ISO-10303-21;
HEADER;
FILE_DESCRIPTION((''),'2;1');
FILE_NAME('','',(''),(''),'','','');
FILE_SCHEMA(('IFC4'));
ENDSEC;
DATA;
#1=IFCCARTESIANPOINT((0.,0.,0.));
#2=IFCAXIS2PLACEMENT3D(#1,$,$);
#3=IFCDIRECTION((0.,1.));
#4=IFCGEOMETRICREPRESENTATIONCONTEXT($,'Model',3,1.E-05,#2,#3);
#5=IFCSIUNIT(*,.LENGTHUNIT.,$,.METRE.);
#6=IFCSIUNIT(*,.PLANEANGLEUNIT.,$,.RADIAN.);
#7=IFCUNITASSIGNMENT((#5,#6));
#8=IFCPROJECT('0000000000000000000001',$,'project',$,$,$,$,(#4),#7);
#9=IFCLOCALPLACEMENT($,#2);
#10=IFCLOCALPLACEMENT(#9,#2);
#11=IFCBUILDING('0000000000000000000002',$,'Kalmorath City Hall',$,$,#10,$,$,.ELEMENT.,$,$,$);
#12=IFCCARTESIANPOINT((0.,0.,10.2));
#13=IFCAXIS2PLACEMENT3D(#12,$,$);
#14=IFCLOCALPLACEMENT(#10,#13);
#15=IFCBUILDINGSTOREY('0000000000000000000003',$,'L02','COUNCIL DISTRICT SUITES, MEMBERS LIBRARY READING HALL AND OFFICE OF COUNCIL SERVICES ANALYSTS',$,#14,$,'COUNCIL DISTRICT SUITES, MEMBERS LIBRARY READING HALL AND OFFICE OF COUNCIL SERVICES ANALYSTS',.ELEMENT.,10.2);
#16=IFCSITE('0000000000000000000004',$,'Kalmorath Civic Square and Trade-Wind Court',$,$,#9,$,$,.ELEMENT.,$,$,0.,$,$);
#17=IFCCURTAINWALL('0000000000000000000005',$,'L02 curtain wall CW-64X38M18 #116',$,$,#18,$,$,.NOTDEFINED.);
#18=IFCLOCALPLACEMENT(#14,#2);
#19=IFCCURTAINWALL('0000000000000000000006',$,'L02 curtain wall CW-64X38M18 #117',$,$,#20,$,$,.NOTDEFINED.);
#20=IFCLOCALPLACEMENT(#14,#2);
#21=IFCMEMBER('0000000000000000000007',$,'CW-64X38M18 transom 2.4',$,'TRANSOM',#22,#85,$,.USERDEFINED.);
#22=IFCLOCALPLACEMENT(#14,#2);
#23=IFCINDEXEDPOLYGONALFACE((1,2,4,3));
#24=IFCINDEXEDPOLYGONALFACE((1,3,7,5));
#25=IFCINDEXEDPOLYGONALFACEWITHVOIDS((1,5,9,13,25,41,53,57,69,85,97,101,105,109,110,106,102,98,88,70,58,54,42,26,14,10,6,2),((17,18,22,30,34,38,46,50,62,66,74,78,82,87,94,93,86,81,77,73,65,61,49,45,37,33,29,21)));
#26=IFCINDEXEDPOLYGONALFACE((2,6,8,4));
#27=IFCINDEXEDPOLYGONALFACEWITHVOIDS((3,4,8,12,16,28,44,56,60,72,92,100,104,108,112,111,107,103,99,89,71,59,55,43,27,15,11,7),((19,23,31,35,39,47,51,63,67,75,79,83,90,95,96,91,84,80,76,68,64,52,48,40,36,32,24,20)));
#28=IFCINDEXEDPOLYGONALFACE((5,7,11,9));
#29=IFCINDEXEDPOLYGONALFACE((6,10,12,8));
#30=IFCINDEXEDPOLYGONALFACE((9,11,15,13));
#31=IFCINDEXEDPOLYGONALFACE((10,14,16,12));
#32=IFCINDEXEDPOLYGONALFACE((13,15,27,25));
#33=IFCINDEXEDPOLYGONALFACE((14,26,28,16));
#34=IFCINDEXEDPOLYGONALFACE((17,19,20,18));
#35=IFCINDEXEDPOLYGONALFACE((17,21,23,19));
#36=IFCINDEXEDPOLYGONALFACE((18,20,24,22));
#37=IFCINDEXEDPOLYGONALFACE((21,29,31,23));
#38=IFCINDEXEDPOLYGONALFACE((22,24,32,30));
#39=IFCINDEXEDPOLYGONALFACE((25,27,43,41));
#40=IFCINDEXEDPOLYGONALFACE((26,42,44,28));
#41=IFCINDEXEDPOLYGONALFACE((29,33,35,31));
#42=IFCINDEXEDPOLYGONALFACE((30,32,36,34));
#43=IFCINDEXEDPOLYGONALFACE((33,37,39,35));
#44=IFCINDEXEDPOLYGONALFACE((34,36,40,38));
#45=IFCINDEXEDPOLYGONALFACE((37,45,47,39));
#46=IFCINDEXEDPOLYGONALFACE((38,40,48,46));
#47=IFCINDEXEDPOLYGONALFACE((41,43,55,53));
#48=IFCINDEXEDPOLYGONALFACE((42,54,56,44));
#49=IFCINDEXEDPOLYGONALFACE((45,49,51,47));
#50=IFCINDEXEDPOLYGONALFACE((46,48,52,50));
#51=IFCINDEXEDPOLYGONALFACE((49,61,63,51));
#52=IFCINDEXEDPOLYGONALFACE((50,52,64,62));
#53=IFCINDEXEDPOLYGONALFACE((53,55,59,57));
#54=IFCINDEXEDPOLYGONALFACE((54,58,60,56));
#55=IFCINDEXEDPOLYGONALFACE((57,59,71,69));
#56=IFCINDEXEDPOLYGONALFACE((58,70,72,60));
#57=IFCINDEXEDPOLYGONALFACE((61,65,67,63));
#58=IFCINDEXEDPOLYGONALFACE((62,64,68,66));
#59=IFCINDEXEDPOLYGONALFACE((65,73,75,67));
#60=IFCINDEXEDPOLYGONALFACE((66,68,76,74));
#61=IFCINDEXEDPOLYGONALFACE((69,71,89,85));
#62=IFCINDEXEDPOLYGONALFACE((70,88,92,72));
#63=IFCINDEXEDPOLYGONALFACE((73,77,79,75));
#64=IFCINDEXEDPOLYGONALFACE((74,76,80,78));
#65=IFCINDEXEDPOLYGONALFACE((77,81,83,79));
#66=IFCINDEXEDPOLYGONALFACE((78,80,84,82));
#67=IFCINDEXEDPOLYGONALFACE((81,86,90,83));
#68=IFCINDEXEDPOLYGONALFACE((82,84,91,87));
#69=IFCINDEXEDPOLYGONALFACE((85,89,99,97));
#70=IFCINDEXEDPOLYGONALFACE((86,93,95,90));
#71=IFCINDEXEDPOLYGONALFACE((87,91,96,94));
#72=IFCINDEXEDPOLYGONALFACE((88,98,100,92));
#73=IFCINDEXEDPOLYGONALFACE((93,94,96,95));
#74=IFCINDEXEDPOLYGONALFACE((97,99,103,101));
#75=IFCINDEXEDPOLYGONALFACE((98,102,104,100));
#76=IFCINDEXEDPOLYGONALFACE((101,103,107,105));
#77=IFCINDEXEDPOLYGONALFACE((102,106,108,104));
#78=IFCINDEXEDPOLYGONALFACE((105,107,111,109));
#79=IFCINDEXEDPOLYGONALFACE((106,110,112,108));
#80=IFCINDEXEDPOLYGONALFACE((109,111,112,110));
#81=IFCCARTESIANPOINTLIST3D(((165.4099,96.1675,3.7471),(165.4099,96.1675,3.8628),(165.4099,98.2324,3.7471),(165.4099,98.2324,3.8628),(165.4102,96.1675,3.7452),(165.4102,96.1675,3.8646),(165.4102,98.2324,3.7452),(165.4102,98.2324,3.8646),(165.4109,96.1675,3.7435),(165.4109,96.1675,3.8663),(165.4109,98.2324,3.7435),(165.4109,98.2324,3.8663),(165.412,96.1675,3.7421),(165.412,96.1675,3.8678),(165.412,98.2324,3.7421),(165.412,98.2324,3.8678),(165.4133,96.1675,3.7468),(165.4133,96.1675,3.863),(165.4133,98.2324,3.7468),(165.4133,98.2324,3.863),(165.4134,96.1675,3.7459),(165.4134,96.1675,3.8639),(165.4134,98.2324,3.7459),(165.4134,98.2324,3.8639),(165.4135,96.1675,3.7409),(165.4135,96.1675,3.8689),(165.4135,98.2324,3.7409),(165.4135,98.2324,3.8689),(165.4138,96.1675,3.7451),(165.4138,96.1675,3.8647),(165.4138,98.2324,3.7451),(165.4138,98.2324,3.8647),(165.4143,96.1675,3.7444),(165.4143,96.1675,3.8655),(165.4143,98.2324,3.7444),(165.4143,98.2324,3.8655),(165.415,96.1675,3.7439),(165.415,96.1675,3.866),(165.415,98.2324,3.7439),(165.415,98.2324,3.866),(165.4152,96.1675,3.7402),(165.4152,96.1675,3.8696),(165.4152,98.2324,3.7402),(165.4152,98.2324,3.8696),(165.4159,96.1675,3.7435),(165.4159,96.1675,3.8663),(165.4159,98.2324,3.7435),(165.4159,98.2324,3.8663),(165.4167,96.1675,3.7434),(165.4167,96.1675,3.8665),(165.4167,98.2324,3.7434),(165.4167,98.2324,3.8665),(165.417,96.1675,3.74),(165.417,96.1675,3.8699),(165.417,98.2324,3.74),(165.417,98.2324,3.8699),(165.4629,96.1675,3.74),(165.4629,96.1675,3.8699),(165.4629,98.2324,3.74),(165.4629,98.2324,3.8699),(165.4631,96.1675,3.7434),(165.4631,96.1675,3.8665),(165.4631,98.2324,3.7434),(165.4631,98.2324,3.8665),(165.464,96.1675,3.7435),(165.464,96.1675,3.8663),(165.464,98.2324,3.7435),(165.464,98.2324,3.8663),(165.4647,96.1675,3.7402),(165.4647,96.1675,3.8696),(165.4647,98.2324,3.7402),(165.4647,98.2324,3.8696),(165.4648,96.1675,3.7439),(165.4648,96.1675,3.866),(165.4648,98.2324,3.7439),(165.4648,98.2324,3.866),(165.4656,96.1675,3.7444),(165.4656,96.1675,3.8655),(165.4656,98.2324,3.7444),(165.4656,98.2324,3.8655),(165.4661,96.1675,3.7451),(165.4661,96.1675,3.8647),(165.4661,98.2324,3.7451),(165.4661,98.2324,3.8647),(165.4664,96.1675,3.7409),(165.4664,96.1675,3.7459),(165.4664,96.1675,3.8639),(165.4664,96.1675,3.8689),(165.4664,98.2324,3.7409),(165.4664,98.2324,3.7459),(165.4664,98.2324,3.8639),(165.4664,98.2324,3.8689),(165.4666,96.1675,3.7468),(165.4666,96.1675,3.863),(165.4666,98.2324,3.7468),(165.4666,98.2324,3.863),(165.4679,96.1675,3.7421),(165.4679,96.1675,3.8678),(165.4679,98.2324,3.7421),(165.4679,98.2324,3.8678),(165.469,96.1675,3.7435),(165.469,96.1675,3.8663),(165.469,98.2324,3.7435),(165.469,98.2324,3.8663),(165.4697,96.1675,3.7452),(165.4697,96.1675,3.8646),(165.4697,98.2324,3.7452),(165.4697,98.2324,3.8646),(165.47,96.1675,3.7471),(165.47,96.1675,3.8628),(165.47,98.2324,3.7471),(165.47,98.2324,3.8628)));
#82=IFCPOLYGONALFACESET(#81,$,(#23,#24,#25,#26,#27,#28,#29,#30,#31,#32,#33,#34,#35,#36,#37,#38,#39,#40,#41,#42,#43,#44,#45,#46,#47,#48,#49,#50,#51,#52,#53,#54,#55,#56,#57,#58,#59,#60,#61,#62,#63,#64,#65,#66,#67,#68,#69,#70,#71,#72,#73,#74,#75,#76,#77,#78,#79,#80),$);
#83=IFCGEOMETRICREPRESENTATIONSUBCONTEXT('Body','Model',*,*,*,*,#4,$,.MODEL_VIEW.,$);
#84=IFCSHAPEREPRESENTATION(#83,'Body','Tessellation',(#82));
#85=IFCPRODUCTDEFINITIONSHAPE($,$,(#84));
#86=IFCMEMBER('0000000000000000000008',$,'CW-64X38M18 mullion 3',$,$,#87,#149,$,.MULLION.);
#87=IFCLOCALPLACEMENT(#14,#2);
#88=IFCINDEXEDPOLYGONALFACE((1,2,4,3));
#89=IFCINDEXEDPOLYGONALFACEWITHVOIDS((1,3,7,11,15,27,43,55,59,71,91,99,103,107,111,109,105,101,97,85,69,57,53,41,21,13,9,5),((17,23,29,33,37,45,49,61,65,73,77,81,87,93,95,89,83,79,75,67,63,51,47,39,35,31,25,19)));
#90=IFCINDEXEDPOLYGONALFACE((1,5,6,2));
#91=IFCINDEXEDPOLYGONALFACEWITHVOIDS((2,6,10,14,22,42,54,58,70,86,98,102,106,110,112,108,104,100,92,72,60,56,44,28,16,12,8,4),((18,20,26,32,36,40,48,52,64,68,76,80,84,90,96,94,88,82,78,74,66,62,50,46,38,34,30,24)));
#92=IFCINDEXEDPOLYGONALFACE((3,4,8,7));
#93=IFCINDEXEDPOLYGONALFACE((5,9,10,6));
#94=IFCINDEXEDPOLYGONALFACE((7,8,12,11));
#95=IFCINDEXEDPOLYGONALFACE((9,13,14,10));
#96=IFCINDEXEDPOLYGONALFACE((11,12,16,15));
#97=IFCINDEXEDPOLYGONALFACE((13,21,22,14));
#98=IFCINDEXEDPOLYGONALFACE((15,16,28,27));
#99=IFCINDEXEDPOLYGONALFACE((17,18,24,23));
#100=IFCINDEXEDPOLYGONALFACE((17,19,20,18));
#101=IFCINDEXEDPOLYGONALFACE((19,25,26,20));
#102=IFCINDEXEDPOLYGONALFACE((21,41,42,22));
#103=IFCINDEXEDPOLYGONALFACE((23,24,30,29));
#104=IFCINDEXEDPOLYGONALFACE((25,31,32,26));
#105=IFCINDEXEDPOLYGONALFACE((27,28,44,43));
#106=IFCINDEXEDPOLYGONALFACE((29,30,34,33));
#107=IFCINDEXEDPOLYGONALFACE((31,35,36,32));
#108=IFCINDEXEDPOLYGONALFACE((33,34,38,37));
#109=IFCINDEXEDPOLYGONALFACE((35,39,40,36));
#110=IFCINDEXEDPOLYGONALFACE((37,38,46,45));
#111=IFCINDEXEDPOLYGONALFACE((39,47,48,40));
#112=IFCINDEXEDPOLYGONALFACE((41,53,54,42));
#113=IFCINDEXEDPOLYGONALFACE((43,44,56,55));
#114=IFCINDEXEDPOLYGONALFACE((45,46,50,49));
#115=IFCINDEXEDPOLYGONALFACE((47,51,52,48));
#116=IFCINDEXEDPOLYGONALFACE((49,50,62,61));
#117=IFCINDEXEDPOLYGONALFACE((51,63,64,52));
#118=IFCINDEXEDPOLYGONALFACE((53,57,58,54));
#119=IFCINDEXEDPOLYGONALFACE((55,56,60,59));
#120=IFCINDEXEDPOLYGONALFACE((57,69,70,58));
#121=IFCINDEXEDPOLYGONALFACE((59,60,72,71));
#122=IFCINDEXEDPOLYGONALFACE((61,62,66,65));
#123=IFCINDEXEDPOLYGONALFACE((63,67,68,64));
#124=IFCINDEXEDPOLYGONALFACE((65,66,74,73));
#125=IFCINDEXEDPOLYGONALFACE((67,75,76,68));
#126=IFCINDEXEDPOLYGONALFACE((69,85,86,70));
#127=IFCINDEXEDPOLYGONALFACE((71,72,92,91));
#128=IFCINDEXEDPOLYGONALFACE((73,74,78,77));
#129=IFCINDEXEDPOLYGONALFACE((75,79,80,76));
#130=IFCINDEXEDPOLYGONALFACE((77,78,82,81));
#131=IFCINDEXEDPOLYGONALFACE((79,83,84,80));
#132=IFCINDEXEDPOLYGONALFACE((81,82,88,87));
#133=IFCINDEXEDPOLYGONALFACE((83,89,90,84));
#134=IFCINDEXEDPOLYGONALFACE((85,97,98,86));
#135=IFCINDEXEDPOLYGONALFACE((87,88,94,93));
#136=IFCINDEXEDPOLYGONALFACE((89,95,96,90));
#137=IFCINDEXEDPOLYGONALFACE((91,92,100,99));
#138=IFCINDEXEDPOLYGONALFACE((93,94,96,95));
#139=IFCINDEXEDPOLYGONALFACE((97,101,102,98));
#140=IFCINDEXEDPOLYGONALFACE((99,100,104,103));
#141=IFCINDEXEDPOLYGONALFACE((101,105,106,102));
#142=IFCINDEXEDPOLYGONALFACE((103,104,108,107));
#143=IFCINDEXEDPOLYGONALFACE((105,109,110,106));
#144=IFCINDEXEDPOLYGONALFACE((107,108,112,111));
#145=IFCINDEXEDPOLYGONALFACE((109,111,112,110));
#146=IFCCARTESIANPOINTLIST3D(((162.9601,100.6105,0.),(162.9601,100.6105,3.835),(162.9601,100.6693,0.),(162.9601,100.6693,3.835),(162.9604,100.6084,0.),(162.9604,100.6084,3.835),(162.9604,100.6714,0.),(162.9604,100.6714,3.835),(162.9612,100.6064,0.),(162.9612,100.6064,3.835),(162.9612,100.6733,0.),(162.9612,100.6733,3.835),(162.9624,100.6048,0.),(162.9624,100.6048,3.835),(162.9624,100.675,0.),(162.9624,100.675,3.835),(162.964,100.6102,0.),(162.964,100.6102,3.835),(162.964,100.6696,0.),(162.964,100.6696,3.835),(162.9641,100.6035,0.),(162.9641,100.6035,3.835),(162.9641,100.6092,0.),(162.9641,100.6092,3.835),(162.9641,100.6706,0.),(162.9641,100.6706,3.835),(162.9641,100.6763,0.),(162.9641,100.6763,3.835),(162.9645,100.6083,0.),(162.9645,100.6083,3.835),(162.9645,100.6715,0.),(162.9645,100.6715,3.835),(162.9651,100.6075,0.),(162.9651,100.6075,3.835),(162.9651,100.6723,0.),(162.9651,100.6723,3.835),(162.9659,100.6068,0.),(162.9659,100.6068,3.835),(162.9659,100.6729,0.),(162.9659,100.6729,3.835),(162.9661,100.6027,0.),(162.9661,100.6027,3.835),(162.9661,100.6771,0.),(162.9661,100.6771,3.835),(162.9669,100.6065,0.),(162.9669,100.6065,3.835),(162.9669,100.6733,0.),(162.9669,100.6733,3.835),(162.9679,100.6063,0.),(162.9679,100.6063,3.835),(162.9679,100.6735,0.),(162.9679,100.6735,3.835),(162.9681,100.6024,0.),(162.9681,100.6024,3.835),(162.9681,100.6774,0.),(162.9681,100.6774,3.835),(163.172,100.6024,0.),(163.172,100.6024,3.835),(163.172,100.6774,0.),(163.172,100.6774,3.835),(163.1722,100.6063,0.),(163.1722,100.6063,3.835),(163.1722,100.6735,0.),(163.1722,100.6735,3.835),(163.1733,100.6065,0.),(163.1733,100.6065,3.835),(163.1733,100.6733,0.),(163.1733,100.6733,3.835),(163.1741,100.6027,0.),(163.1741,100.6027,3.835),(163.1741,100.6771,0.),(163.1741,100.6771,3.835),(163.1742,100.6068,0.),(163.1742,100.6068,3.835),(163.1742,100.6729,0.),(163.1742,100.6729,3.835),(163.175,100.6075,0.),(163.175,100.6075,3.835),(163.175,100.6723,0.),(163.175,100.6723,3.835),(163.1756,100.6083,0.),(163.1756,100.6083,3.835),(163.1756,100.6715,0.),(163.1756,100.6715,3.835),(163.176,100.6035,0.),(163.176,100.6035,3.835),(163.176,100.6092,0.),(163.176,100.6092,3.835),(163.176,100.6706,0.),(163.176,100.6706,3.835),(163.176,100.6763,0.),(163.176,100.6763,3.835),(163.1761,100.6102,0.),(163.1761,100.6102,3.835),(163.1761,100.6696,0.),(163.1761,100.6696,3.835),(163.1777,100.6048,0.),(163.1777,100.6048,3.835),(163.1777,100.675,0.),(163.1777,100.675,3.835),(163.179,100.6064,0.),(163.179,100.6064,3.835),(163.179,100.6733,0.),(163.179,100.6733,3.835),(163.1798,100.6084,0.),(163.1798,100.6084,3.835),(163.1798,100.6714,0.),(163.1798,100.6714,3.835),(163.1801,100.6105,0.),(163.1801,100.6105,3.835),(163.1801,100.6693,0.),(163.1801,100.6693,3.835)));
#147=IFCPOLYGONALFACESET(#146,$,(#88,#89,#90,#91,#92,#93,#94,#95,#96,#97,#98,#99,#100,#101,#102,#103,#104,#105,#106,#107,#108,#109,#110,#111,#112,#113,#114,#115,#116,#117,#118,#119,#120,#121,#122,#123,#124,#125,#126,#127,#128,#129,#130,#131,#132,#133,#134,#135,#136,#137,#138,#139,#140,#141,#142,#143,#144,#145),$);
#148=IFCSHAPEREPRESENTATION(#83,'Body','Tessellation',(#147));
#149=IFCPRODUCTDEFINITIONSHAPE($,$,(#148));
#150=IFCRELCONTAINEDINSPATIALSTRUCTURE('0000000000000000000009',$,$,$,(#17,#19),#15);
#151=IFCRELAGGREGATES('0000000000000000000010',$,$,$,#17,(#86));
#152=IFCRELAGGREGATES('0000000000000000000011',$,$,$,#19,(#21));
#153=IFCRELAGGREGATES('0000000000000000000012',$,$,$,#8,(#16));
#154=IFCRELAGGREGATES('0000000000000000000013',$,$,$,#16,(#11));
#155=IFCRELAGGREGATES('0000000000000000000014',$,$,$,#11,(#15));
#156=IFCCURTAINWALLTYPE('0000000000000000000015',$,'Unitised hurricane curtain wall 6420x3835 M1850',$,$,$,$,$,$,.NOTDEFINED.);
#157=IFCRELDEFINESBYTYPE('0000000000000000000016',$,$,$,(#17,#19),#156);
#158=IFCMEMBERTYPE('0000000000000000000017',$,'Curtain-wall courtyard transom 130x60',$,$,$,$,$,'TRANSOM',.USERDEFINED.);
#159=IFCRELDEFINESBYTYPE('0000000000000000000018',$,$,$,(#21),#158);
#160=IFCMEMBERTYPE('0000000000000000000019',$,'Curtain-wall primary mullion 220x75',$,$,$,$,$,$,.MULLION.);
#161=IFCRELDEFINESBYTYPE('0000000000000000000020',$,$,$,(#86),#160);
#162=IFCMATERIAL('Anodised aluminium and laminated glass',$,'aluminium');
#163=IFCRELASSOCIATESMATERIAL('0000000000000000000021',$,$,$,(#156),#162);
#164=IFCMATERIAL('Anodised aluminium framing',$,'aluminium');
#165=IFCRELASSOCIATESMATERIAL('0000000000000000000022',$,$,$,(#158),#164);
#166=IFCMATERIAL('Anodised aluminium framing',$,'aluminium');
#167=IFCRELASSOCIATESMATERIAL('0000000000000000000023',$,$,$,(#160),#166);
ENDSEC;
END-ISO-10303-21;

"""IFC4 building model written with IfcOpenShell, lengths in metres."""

from ifc_helpers import new_model, si_unit, direction, frame, origin, origin_2d, place, context, subcontext, project, spatial, hollow_rectangle, extrude, material, material_profile, profile_set, type_object, element, aggregate, save


model = new_model("IFC4")

# Units and contexts
model_context = context("Model", 3, precision=1e-05, world=origin(), true_north=direction((0.0, 1.0)))
body_context = subcontext(model_context, "Body", "Model", "MODEL_VIEW")
ifc_project = project(units=[si_unit("LENGTHUNIT", "METRE"), si_unit("PLANEANGLEUNIT", "RADIAN")], contexts=[model_context])

# Site, building, storey
site_placement = place(None, origin())
site = spatial("IfcSite", under=ifc_project, at=site_placement, Name="Kalmorath Civic Square and Trade-Wind Court", CompositionType="ELEMENT", RefElevation=0.0)
building_placement = place(site_placement, origin())
building = spatial("IfcBuilding", under=site, at=building_placement, Name="Kalmorath City Hall", CompositionType="ELEMENT")
storey_placement = place(building_placement, frame((0.0, 0.0, 10.2)))
storey = spatial("IfcBuildingStorey", under=building, at=storey_placement, Name="L02", Description="COUNCIL DISTRICT SUITES, MEMBERS LIBRARY READING HALL AND OFFICE OF COUNCIL SERVICES ANALYSTS", LongName="COUNCIL DISTRICT SUITES, MEMBERS LIBRARY READING HALL AND OFFICE OF COUNCIL SERVICES ANALYSTS", CompositionType="ELEMENT", Elevation=10.2)

# Curtain walls, member
ifc_material_1 = material(Name="Anodised aluminium and laminated glass", Category="aluminium")
curtain_wall_type = type_object("IfcCurtainWallType", Name="Unitised hurricane curtain wall 6420x3835 M1850", PredefinedType="NOTDEFINED", material=ifc_material_1)
curtain_wall_1_placement = place(storey_placement, origin())
curtain_wall_1 = element("IfcCurtainWall", 1, at=curtain_wall_1_placement, inside=storey, type_object=curtain_wall_type, Name="L02 curtain wall CW-64X38M18 #116", PredefinedType="NOTDEFINED")
ifc_material_2 = material(Name="Anodised aluminium framing", Category="aluminium")
ifc_material_profile_1 = material_profile(ifc_material_2, hollow_rectangle(XDim=0.0601, YDim=0.1299, WallThickness=0.0034, InnerFilletRadius=0.0034, OuterFilletRadius=0.0071, at=origin_2d()), Name="ALU-TRN-130X60X3.5")
ifc_profile_set_1 = profile_set([ifc_material_profile_1], Name="Anodised aluminium framing")
member_type_1 = type_object("IfcMemberType", Name="Curtain-wall courtyard transom 130x60", ElementType="TRANSOM", PredefinedType="USERDEFINED", material=ifc_profile_set_1)
curtain_wall_2_placement = place(storey_placement, origin())
curtain_wall_2 = element("IfcCurtainWall", 2, at=curtain_wall_2_placement, inside=storey, type_object=curtain_wall_type, Name="L02 curtain wall CW-64X38M18 #117", PredefinedType="NOTDEFINED")
member_1_placement = place(storey_placement, frame((165.4399, 98.2324, 3.8049), z_axis=(0.0, -1.0, 0.0), x_axis=(1.0, 0.0, 0.0)))
member_1 = element("IfcMember", 3, at=member_1_placement, type_object=member_type_1, Name="CW-64X38M18 transom 2.4", ObjectType="TRANSOM", PredefinedType="USERDEFINED", context=body_context, shape_type="SweptSolid", body=[
    extrude(hollow_rectangle(XDim=0.0601, YDim=0.1299, WallThickness=0.0034, InnerFilletRadius=0.0034, OuterFilletRadius=0.0071, at=origin_2d()), origin(), (0.0, 0.0, 1.0), 2.0649),
])

# Member
ifc_material_3 = material(Name="Anodised aluminium framing", Category="aluminium")
ifc_material_profile_2 = material_profile(ifc_material_3, hollow_rectangle(XDim=0.075, YDim=0.22, WallThickness=0.0039, InnerFilletRadius=0.0039, OuterFilletRadius=0.0081, at=origin_2d()), Name="ALU-MUL-220X75X4")
ifc_profile_set_2 = profile_set([ifc_material_profile_2], Name="Anodised aluminium framing")
member_type_2 = type_object("IfcMemberType", Name="Curtain-wall primary mullion 220x75", PredefinedType="MULLION", material=ifc_profile_set_2)
member_2_placement = place(storey_placement, frame((163.0701, 100.6399, 0.0), z_axis=(0.0, 0.0, 1.0), x_axis=(0.0, 1.0, 0.0)))
member_2 = element("IfcMember", 4, at=member_2_placement, type_object=member_type_2, Name="CW-64X38M18 mullion 3", PredefinedType="MULLION", context=body_context, shape_type="SweptSolid", body=[
    extrude(hollow_rectangle(XDim=0.075, YDim=0.22, WallThickness=0.0039, InnerFilletRadius=0.0039, OuterFilletRadius=0.0081, at=origin_2d()), origin(), (0.0, 0.0, 1.0), 3.835),
])

aggregate(curtain_wall_1, [member_2])
aggregate(curtain_wall_2, [member_1])

save(model, "model.ifc")
